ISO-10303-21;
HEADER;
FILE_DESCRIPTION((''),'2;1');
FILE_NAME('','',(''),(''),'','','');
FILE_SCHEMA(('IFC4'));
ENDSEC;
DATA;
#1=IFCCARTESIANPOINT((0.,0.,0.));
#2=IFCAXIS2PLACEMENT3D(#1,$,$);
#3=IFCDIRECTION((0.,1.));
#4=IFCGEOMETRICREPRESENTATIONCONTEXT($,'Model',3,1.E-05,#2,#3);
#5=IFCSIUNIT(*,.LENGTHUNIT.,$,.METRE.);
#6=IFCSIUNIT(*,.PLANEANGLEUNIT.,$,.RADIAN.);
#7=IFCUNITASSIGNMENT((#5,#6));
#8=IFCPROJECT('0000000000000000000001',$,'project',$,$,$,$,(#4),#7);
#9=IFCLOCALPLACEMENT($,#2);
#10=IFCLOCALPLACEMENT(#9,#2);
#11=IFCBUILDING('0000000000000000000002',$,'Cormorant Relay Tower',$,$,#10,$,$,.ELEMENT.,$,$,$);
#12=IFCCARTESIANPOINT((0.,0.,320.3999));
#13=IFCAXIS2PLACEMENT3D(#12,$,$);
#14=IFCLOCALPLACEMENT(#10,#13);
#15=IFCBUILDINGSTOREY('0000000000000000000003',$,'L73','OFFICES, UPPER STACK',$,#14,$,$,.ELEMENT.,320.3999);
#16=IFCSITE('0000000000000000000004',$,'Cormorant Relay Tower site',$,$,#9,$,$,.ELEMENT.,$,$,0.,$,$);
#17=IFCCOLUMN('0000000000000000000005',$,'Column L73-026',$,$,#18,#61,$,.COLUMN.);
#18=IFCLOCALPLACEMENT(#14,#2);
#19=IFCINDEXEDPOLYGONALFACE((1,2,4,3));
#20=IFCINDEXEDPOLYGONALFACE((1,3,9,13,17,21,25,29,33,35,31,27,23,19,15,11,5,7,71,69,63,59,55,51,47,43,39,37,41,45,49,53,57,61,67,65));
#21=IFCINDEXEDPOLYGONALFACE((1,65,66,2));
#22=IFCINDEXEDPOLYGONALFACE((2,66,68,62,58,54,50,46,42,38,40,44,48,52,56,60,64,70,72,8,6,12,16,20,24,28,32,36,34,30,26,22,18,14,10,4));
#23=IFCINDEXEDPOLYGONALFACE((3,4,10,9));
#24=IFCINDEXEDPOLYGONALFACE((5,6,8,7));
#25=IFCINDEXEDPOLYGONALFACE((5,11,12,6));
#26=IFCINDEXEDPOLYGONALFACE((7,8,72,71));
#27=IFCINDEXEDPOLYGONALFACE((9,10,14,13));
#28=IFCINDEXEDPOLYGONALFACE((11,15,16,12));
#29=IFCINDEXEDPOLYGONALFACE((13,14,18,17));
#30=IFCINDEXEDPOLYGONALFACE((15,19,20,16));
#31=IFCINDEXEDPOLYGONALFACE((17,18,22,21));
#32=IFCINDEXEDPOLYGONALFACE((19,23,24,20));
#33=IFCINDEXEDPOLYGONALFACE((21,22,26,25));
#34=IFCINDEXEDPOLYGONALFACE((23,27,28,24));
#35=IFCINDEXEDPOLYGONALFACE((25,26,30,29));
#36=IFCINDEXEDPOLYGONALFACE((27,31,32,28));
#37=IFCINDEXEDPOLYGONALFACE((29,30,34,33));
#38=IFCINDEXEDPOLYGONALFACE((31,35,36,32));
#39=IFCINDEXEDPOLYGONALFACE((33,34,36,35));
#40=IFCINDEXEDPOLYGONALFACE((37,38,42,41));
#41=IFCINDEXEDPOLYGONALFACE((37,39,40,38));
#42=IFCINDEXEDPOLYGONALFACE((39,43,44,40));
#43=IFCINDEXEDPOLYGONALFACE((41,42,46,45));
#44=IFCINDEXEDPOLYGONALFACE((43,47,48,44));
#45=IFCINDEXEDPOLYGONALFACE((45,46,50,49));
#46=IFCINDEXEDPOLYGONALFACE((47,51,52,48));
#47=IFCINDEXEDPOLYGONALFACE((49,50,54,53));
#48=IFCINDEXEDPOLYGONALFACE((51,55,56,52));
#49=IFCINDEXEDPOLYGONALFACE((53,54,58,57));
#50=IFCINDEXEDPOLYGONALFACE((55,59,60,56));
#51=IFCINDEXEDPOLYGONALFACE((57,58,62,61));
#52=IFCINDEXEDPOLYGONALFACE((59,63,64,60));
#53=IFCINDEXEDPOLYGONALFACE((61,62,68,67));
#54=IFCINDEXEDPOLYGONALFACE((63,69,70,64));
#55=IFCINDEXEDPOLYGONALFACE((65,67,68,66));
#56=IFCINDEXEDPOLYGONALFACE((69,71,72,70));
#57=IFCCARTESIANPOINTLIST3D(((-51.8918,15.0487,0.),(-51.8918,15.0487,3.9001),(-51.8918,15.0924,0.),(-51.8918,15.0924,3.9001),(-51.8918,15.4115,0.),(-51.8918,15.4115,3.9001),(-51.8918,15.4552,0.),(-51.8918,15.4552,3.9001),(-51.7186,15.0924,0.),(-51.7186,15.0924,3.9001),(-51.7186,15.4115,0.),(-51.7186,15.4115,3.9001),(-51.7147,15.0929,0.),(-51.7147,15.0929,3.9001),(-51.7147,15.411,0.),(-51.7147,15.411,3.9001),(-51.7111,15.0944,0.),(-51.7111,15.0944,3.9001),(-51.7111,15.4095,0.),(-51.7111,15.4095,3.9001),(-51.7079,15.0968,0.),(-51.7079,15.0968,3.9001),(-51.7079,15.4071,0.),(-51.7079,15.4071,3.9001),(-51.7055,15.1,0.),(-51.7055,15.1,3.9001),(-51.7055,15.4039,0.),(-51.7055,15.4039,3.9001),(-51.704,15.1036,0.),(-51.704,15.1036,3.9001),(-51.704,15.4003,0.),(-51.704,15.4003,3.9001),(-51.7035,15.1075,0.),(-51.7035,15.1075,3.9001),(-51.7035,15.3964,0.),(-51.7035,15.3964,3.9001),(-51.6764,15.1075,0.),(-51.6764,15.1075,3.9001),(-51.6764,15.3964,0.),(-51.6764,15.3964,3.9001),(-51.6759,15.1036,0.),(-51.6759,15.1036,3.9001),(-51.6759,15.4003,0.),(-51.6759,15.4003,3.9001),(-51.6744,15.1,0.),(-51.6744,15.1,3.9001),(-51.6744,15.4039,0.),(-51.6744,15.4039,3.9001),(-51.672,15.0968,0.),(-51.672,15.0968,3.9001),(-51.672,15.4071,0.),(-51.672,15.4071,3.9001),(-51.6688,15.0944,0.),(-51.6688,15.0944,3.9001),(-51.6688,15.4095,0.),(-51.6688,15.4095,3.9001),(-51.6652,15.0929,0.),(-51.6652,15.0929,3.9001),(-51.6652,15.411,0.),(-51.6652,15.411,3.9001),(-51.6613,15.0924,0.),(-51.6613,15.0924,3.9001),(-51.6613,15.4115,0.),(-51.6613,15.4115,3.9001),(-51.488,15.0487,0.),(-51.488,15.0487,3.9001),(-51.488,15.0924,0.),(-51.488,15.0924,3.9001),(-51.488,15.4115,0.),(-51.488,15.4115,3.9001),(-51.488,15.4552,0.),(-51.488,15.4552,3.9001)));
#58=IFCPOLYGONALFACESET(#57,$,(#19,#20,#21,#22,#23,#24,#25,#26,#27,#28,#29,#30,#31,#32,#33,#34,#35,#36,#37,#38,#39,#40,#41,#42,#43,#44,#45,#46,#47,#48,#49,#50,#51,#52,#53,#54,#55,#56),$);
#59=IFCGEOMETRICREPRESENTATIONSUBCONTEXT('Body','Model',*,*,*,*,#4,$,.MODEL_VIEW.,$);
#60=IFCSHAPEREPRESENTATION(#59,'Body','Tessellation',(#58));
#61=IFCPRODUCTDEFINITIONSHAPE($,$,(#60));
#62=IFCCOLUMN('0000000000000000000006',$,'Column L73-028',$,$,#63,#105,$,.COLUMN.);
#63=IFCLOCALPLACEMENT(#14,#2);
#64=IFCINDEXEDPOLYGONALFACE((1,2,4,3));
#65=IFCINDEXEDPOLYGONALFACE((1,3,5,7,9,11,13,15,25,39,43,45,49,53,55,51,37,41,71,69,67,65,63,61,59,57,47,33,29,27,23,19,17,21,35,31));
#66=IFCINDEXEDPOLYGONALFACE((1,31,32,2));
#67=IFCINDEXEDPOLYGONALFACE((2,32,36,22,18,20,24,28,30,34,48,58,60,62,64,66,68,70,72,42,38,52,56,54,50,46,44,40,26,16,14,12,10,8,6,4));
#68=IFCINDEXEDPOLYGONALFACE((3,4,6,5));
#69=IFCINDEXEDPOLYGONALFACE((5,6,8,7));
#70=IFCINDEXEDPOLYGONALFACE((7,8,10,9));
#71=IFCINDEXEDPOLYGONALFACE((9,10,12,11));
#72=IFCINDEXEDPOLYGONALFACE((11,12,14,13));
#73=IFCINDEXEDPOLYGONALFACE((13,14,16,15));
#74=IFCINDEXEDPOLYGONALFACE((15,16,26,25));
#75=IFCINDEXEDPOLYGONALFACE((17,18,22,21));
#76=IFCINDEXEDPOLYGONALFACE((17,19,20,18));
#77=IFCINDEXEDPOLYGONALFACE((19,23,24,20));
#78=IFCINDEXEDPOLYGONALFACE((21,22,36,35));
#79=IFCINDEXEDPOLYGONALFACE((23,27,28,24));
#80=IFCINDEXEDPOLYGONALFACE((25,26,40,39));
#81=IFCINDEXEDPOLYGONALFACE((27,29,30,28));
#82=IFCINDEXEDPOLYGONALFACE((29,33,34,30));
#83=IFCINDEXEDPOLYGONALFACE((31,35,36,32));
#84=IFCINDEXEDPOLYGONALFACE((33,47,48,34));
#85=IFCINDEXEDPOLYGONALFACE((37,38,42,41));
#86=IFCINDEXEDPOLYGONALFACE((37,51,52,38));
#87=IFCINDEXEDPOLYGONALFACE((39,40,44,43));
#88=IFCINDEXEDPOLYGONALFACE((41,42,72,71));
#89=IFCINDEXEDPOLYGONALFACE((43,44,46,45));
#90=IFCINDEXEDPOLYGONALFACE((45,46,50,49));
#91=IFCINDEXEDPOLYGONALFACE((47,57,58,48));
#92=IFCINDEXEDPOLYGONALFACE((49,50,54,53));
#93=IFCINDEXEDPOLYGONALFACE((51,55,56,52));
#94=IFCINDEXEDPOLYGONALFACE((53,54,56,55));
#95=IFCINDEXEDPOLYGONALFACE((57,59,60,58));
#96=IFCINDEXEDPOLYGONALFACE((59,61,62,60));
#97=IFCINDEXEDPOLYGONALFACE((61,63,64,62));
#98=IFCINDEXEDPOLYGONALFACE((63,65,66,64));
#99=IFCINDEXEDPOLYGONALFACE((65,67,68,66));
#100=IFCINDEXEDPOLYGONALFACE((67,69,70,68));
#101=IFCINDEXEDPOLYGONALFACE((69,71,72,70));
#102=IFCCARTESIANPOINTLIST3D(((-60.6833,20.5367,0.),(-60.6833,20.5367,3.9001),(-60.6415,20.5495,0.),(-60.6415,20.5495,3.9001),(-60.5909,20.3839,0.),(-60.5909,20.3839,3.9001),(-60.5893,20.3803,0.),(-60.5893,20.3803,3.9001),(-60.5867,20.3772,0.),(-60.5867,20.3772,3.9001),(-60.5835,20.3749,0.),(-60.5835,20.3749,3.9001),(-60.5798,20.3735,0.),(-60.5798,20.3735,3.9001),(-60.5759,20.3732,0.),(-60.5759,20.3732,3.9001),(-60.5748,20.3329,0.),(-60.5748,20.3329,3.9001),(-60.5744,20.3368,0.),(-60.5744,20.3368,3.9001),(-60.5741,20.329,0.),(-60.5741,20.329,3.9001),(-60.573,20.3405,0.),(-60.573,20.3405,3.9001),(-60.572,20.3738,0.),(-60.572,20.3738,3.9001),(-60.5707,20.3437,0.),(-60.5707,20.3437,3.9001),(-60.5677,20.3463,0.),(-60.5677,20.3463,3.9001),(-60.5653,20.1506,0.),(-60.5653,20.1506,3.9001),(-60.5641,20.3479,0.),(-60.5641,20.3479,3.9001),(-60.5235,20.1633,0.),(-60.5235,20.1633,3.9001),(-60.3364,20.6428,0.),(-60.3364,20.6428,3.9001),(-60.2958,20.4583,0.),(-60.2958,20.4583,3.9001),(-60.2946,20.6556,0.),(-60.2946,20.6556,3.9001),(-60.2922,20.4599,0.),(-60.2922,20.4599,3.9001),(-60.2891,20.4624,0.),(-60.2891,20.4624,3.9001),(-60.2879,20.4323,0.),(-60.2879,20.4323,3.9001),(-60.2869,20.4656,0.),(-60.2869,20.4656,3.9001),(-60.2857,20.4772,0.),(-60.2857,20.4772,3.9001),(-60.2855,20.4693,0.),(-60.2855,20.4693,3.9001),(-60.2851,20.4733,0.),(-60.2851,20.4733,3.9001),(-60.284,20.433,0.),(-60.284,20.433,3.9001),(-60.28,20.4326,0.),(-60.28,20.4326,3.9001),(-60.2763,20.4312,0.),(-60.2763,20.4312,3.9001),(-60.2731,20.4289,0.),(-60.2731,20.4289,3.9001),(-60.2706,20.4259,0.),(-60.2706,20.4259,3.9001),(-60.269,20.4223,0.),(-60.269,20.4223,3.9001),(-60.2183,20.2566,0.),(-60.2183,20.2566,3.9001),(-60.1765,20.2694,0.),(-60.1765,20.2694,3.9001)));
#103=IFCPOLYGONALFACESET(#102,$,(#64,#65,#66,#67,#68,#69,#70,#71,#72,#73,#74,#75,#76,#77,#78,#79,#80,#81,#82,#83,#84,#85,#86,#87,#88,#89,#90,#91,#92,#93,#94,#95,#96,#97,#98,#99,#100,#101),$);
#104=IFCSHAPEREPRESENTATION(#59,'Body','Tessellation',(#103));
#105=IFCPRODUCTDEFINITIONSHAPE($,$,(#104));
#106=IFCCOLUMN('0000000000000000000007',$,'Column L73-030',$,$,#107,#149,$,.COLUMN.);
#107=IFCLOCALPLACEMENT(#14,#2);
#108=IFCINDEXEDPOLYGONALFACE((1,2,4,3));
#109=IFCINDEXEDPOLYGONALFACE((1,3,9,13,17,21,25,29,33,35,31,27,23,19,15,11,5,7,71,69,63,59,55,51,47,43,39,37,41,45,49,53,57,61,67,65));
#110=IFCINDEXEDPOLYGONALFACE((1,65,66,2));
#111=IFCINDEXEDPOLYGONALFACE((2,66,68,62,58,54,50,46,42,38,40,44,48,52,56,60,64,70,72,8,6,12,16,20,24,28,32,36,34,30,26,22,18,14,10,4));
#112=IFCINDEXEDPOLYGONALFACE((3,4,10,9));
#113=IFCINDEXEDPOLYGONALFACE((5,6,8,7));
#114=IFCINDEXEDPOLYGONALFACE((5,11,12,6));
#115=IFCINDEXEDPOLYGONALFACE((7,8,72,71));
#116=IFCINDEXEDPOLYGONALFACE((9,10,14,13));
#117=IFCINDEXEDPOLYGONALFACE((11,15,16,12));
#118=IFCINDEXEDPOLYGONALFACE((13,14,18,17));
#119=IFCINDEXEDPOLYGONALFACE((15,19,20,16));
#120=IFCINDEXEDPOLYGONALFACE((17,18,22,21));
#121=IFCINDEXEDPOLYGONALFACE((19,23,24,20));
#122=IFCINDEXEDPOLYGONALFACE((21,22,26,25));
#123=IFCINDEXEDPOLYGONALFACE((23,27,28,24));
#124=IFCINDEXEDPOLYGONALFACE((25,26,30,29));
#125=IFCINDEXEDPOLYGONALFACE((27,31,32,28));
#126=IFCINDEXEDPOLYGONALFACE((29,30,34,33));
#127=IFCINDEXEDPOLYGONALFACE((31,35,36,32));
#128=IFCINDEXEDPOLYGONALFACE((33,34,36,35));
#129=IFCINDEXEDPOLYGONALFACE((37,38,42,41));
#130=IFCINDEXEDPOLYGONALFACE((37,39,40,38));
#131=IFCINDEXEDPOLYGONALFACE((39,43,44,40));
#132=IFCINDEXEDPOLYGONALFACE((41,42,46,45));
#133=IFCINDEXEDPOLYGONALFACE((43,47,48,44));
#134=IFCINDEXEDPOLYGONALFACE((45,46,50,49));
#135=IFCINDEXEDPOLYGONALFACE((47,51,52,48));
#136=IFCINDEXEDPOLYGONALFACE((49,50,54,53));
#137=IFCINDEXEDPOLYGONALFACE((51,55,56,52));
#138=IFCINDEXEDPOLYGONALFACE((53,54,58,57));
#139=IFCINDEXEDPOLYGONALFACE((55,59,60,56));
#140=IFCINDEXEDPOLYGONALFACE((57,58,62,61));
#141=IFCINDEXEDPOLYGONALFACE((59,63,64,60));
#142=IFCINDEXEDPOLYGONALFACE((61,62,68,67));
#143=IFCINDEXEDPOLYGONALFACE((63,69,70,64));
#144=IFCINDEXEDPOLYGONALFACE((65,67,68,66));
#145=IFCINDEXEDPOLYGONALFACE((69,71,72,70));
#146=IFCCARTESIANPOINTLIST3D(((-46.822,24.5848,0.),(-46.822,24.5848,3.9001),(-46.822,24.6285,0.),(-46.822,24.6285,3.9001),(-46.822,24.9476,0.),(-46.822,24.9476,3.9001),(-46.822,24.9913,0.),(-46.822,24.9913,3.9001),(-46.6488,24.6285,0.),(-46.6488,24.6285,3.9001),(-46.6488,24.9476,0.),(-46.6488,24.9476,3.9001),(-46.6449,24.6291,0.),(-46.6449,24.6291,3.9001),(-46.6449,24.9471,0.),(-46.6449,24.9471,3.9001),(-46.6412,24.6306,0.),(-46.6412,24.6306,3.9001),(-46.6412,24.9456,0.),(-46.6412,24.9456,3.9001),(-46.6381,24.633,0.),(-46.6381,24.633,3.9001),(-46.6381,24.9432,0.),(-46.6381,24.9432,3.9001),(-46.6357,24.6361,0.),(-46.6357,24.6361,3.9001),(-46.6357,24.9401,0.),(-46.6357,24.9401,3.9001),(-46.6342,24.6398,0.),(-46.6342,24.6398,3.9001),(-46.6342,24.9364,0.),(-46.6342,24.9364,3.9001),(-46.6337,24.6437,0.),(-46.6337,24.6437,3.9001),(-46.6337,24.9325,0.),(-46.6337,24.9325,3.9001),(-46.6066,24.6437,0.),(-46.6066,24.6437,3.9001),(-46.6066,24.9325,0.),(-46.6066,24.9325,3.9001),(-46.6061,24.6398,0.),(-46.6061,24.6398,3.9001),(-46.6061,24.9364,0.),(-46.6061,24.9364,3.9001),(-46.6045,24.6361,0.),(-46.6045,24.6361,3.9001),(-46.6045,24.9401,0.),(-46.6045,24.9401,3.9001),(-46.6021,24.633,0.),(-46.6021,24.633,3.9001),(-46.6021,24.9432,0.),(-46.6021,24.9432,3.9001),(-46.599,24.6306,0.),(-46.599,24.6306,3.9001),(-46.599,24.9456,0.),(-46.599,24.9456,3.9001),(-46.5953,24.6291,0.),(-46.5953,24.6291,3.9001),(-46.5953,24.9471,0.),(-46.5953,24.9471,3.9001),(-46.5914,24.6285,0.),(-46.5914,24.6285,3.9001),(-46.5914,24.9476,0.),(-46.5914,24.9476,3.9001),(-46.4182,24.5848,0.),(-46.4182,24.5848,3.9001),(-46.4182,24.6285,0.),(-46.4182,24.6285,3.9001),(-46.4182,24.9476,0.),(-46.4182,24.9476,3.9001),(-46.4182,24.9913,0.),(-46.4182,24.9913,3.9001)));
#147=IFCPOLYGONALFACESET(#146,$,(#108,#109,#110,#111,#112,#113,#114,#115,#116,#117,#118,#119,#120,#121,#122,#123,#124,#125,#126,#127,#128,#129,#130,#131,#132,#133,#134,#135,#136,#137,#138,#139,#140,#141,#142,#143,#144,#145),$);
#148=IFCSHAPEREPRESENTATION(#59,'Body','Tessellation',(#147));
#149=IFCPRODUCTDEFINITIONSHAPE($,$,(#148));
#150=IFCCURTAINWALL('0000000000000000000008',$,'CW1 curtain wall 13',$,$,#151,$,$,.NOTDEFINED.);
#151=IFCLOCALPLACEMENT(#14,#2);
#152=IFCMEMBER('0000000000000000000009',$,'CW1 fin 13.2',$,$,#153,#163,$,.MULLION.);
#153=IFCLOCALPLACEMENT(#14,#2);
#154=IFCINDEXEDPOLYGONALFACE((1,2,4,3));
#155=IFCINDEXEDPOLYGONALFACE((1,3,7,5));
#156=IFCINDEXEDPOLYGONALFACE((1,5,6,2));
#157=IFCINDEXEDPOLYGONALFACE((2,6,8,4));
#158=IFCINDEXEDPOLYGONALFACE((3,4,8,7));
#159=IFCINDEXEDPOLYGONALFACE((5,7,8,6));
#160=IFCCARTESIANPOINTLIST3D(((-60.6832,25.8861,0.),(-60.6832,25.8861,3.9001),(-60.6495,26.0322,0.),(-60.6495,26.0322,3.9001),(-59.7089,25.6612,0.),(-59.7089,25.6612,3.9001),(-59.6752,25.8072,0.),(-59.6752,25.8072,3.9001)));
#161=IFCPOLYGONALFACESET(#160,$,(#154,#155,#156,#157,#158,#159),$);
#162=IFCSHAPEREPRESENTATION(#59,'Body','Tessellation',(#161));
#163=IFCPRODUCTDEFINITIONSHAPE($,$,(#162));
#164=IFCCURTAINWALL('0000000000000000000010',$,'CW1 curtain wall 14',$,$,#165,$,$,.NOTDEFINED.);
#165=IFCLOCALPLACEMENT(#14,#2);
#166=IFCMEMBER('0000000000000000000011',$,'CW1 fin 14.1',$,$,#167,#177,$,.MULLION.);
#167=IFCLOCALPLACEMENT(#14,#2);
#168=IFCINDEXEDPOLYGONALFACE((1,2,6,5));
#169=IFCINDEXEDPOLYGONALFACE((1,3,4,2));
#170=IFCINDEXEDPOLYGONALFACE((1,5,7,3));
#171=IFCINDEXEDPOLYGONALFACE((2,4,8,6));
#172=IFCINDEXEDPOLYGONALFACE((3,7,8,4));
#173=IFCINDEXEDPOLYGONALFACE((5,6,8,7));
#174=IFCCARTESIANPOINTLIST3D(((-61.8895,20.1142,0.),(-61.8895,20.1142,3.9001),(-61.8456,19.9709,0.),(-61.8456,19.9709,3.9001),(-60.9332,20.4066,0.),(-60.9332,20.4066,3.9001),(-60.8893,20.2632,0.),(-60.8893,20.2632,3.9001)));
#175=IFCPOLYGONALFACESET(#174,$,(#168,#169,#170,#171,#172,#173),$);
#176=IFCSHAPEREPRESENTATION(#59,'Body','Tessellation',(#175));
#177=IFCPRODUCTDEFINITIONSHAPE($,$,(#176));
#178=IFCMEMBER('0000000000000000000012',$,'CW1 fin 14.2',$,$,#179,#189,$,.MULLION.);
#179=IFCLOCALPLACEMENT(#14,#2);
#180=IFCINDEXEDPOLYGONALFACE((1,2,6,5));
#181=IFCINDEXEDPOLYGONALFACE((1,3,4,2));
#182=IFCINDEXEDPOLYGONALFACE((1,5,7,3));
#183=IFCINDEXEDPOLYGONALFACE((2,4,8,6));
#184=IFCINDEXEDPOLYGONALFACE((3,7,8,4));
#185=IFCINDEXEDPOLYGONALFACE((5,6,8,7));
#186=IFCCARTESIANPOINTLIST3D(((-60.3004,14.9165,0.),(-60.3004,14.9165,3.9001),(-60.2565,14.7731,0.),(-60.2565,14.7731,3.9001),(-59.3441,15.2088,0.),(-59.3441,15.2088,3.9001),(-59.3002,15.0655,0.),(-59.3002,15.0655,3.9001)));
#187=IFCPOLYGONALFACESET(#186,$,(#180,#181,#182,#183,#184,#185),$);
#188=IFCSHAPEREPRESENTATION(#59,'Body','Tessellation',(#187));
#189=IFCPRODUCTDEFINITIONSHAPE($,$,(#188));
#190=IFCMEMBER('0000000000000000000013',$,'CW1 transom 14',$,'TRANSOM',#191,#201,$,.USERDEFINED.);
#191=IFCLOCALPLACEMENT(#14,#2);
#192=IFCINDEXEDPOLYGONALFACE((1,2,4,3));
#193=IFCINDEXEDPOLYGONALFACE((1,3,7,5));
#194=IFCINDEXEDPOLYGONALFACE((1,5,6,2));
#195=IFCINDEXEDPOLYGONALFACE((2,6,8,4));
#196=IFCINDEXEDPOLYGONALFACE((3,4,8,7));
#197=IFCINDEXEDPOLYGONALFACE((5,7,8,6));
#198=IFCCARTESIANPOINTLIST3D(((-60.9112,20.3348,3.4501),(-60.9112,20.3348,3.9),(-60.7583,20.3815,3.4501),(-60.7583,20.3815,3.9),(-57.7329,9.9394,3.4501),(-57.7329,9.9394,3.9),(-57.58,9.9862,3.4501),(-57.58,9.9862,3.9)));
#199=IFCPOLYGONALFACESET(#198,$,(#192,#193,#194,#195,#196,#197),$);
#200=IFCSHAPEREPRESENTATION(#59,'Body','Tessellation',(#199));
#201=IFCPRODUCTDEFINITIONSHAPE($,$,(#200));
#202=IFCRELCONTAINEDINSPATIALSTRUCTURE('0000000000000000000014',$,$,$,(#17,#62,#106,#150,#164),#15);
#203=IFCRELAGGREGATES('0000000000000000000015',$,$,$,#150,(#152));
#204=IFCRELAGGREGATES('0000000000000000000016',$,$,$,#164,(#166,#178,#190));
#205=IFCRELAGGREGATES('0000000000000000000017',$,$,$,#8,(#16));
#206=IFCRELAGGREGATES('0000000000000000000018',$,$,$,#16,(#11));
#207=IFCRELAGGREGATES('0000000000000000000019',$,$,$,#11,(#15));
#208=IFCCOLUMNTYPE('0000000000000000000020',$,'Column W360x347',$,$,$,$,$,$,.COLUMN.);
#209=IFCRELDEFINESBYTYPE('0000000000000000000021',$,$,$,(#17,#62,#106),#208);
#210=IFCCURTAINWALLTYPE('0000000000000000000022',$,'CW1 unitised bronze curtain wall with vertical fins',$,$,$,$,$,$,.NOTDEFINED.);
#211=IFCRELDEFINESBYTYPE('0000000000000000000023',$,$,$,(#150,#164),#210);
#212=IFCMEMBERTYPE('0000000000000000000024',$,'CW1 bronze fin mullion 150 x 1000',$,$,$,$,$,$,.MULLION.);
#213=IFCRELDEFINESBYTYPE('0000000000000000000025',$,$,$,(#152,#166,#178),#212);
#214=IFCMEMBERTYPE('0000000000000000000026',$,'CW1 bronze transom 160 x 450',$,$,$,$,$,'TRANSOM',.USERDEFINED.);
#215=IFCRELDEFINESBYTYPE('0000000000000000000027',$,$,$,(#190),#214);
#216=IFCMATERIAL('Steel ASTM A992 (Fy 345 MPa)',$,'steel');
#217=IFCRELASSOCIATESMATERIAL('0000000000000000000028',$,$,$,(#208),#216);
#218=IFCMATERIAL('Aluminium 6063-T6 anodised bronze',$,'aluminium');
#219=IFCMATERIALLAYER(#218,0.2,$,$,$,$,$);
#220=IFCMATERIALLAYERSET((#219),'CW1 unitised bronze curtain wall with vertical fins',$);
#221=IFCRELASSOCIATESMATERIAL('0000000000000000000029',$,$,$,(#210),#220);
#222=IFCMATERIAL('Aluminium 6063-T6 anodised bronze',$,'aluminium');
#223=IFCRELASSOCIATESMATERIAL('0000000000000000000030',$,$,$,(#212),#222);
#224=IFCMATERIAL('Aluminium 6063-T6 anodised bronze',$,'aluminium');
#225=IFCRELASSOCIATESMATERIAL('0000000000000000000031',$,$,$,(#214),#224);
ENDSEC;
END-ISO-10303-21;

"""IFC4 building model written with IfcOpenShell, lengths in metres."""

from ifc_helpers import new_model, si_unit, direction, frame, origin, origin_2d, place, context, subcontext, project, spatial, rectangle, i_section, extrude, material, layer, layer_set, material_profile, profile_set, type_object, element, aggregate, save


model = new_model("IFC4")

# Units and contexts
model_context = context("Model", 3, precision=1e-05, world=origin(), true_north=direction((0.0, 1.0)))
body_context = subcontext(model_context, "Body", "Model", "MODEL_VIEW")
ifc_project = project(units=[si_unit("LENGTHUNIT", "METRE"), si_unit("PLANEANGLEUNIT", "RADIAN")], contexts=[model_context])

# Site, building, storey
site_placement = place(None, origin())
site = spatial("IfcSite", under=ifc_project, at=site_placement, Name="Cormorant Relay Tower site", CompositionType="ELEMENT", RefElevation=0.0)
building_placement = place(site_placement, origin())
building = spatial("IfcBuilding", under=site, at=building_placement, Name="Cormorant Relay Tower", CompositionType="ELEMENT")
storey_placement = place(building_placement, frame((0.0, 0.0, 320.3999)))
storey = spatial("IfcBuildingStorey", under=building, at=storey_placement, Name="L73", Description="OFFICES, UPPER STACK", CompositionType="ELEMENT", Elevation=320.3999)

# Columns
ifc_material_1 = material(Name="Steel ASTM A992 (Fy 345 MPa)", Category="steel")
ifc_material_profile_1 = material_profile(ifc_material_1, i_section(OverallWidth=0.4038, OverallDepth=0.4065, WebThickness=0.0271, FlangeThickness=0.0437, FilletRadius=0.0151, at=origin_2d()), Name="W360x347")
ifc_profile_set_1 = profile_set([ifc_material_profile_1], Name="Steel ASTM A992 (Fy 345 MPa)")
column_type = type_object("IfcColumnType", Name="Column W360x347", PredefinedType="COLUMN", material=ifc_profile_set_1)
for number, where, z_axis, x_axis, name in (
    (1, (-51.6899, 15.252, 0.0), (0.0, 0.0, 1.0), (1.0, 0.0, 0.0), "Column L73-026"),
    (2, (-60.4299, 20.4031, 0.0), (0.0, 0.0, 1.0), (0.292372, -0.956305, 0.0), "Column L73-028"),
    (3, (-46.6201, 24.7881, 0.0), (0.0, 0.0, 1.0), (1.0, 0.0, 0.0), "Column L73-030"),
):
    element("IfcColumn", number, at=place(storey_placement, frame(where, z_axis=z_axis, x_axis=x_axis)), inside=storey, type_object=column_type, Name=name, PredefinedType="COLUMN", context=body_context, shape_type="SweptSolid", body=[
        extrude(i_section(OverallWidth=0.4038, OverallDepth=0.4065, WebThickness=0.0271, FlangeThickness=0.0437, FilletRadius=0.0151, at=origin_2d()), origin(), (0.0, 0.0, 1.0), 3.9001),
    ])

# Curtain wall, member
ifc_material_2 = material(Name="Aluminium 6063-T6 anodised bronze", Category="aluminium")
ifc_layer_1 = layer(ifc_material_2, 0.2)
ifc_layer_set_1 = layer_set([ifc_layer_1], Name="CW1 unitised bronze curtain wall with vertical fins")
curtain_wall_type = type_object("IfcCurtainWallType", Name="CW1 unitised bronze curtain wall with vertical fins", PredefinedType="NOTDEFINED", material=ifc_layer_set_1)
curtain_wall_1_placement = place(storey_placement, origin())
curtain_wall_1 = element("IfcCurtainWall", 4, at=curtain_wall_1_placement, inside=storey, type_object=curtain_wall_type, Name="CW1 curtain wall 13", PredefinedType="NOTDEFINED")
ifc_material_3 = material(Name="Aluminium 6063-T6 anodised bronze", Category="aluminium")
ifc_material_profile_2 = material_profile(ifc_material_3, rectangle(XDim=0.1499, YDim=1.0, at=origin_2d()), Name="AL 150x1000")
ifc_profile_set_2 = profile_set([ifc_material_profile_2], Name="Aluminium 6063-T6 anodised bronze")
member_type_1 = type_object("IfcMemberType", Name="CW1 bronze fin mullion 150 x 1000", PredefinedType="MULLION", material=ifc_profile_set_2)
member_1_placement = place(storey_placement, frame((-60.1792, 25.8467, 0.0), z_axis=(0.0, 0.0, 1.0), x_axis=(-0.224951, -0.97437, 0.0)))
member_1 = element("IfcMember", 5, at=member_1_placement, type_object=member_type_1, Name="CW1 fin 13.2", PredefinedType="MULLION", context=body_context, shape_type="SweptSolid", body=[
    extrude(rectangle(XDim=0.1499, YDim=1.0, at=origin_2d()), origin(), (0.0, 0.0, 1.0), 3.9001),
])

# Curtain wall, members
curtain_wall_2_placement = place(storey_placement, origin())
curtain_wall_2 = element("IfcCurtainWall", 6, at=curtain_wall_2_placement, inside=storey, type_object=curtain_wall_type, Name="CW1 curtain wall 14", PredefinedType="NOTDEFINED")
member_2_placement = place(storey_placement, frame((-61.3894, 20.1887, 0.0), z_axis=(0.0, 0.0, 1.0), x_axis=(0.292372, -0.956305, 0.0)))
member_2 = element("IfcMember", 7, at=member_2_placement, type_object=member_type_1, Name="CW1 fin 14.1", PredefinedType="MULLION", context=body_context, shape_type="SweptSolid", body=[
    extrude(rectangle(XDim=0.1499, YDim=1.0, at=origin_2d()), origin(), (0.0, 0.0, 1.0), 3.9001),
])
member_3_placement = place(storey_placement, frame((-59.8003, 14.991, 0.0), z_axis=(0.0, 0.0, 1.0), x_axis=(0.292372, -0.956305, 0.0)))
member_3 = element("IfcMember", 8, at=member_3_placement, type_object=member_type_1, Name="CW1 fin 14.2", PredefinedType="MULLION", context=body_context, shape_type="SweptSolid", body=[
    extrude(rectangle(XDim=0.1499, YDim=1.0, at=origin_2d()), origin(), (0.0, 0.0, 1.0), 3.9001),
])
ifc_material_4 = material(Name="Aluminium 6063-T6 anodised bronze", Category="aluminium")
ifc_material_profile_3 = material_profile(ifc_material_4, rectangle(XDim=0.1599, YDim=0.45, at=origin_2d()), Name="AL 160x450")
ifc_profile_set_3 = profile_set([ifc_material_profile_3], Name="Aluminium 6063-T6 anodised bronze")
member_type_2 = type_object("IfcMemberType", Name="CW1 bronze transom 160 x 450", ElementType="TRANSOM", PredefinedType="USERDEFINED", material=ifc_profile_set_3)
member_4_placement = place(storey_placement, frame((-60.8347, 20.3582, 3.675), z_axis=(0.292378, -0.956303, 0.0), x_axis=(0.956303, 0.292378, 0.0)))
member_4 = element("IfcMember", 9, at=member_4_placement, type_object=member_type_2, Name="CW1 transom 14", ObjectType="TRANSOM", PredefinedType="USERDEFINED", context=body_context, shape_type="SweptSolid", body=[
    extrude(rectangle(XDim=0.1599, YDim=0.45, at=origin_2d()), origin(), (0.0, 0.0, 1.0), 10.8704),
])

aggregate(curtain_wall_1, [member_1])
aggregate(curtain_wall_2, [member_2, member_3, member_4])

save(model, "model.ifc")
